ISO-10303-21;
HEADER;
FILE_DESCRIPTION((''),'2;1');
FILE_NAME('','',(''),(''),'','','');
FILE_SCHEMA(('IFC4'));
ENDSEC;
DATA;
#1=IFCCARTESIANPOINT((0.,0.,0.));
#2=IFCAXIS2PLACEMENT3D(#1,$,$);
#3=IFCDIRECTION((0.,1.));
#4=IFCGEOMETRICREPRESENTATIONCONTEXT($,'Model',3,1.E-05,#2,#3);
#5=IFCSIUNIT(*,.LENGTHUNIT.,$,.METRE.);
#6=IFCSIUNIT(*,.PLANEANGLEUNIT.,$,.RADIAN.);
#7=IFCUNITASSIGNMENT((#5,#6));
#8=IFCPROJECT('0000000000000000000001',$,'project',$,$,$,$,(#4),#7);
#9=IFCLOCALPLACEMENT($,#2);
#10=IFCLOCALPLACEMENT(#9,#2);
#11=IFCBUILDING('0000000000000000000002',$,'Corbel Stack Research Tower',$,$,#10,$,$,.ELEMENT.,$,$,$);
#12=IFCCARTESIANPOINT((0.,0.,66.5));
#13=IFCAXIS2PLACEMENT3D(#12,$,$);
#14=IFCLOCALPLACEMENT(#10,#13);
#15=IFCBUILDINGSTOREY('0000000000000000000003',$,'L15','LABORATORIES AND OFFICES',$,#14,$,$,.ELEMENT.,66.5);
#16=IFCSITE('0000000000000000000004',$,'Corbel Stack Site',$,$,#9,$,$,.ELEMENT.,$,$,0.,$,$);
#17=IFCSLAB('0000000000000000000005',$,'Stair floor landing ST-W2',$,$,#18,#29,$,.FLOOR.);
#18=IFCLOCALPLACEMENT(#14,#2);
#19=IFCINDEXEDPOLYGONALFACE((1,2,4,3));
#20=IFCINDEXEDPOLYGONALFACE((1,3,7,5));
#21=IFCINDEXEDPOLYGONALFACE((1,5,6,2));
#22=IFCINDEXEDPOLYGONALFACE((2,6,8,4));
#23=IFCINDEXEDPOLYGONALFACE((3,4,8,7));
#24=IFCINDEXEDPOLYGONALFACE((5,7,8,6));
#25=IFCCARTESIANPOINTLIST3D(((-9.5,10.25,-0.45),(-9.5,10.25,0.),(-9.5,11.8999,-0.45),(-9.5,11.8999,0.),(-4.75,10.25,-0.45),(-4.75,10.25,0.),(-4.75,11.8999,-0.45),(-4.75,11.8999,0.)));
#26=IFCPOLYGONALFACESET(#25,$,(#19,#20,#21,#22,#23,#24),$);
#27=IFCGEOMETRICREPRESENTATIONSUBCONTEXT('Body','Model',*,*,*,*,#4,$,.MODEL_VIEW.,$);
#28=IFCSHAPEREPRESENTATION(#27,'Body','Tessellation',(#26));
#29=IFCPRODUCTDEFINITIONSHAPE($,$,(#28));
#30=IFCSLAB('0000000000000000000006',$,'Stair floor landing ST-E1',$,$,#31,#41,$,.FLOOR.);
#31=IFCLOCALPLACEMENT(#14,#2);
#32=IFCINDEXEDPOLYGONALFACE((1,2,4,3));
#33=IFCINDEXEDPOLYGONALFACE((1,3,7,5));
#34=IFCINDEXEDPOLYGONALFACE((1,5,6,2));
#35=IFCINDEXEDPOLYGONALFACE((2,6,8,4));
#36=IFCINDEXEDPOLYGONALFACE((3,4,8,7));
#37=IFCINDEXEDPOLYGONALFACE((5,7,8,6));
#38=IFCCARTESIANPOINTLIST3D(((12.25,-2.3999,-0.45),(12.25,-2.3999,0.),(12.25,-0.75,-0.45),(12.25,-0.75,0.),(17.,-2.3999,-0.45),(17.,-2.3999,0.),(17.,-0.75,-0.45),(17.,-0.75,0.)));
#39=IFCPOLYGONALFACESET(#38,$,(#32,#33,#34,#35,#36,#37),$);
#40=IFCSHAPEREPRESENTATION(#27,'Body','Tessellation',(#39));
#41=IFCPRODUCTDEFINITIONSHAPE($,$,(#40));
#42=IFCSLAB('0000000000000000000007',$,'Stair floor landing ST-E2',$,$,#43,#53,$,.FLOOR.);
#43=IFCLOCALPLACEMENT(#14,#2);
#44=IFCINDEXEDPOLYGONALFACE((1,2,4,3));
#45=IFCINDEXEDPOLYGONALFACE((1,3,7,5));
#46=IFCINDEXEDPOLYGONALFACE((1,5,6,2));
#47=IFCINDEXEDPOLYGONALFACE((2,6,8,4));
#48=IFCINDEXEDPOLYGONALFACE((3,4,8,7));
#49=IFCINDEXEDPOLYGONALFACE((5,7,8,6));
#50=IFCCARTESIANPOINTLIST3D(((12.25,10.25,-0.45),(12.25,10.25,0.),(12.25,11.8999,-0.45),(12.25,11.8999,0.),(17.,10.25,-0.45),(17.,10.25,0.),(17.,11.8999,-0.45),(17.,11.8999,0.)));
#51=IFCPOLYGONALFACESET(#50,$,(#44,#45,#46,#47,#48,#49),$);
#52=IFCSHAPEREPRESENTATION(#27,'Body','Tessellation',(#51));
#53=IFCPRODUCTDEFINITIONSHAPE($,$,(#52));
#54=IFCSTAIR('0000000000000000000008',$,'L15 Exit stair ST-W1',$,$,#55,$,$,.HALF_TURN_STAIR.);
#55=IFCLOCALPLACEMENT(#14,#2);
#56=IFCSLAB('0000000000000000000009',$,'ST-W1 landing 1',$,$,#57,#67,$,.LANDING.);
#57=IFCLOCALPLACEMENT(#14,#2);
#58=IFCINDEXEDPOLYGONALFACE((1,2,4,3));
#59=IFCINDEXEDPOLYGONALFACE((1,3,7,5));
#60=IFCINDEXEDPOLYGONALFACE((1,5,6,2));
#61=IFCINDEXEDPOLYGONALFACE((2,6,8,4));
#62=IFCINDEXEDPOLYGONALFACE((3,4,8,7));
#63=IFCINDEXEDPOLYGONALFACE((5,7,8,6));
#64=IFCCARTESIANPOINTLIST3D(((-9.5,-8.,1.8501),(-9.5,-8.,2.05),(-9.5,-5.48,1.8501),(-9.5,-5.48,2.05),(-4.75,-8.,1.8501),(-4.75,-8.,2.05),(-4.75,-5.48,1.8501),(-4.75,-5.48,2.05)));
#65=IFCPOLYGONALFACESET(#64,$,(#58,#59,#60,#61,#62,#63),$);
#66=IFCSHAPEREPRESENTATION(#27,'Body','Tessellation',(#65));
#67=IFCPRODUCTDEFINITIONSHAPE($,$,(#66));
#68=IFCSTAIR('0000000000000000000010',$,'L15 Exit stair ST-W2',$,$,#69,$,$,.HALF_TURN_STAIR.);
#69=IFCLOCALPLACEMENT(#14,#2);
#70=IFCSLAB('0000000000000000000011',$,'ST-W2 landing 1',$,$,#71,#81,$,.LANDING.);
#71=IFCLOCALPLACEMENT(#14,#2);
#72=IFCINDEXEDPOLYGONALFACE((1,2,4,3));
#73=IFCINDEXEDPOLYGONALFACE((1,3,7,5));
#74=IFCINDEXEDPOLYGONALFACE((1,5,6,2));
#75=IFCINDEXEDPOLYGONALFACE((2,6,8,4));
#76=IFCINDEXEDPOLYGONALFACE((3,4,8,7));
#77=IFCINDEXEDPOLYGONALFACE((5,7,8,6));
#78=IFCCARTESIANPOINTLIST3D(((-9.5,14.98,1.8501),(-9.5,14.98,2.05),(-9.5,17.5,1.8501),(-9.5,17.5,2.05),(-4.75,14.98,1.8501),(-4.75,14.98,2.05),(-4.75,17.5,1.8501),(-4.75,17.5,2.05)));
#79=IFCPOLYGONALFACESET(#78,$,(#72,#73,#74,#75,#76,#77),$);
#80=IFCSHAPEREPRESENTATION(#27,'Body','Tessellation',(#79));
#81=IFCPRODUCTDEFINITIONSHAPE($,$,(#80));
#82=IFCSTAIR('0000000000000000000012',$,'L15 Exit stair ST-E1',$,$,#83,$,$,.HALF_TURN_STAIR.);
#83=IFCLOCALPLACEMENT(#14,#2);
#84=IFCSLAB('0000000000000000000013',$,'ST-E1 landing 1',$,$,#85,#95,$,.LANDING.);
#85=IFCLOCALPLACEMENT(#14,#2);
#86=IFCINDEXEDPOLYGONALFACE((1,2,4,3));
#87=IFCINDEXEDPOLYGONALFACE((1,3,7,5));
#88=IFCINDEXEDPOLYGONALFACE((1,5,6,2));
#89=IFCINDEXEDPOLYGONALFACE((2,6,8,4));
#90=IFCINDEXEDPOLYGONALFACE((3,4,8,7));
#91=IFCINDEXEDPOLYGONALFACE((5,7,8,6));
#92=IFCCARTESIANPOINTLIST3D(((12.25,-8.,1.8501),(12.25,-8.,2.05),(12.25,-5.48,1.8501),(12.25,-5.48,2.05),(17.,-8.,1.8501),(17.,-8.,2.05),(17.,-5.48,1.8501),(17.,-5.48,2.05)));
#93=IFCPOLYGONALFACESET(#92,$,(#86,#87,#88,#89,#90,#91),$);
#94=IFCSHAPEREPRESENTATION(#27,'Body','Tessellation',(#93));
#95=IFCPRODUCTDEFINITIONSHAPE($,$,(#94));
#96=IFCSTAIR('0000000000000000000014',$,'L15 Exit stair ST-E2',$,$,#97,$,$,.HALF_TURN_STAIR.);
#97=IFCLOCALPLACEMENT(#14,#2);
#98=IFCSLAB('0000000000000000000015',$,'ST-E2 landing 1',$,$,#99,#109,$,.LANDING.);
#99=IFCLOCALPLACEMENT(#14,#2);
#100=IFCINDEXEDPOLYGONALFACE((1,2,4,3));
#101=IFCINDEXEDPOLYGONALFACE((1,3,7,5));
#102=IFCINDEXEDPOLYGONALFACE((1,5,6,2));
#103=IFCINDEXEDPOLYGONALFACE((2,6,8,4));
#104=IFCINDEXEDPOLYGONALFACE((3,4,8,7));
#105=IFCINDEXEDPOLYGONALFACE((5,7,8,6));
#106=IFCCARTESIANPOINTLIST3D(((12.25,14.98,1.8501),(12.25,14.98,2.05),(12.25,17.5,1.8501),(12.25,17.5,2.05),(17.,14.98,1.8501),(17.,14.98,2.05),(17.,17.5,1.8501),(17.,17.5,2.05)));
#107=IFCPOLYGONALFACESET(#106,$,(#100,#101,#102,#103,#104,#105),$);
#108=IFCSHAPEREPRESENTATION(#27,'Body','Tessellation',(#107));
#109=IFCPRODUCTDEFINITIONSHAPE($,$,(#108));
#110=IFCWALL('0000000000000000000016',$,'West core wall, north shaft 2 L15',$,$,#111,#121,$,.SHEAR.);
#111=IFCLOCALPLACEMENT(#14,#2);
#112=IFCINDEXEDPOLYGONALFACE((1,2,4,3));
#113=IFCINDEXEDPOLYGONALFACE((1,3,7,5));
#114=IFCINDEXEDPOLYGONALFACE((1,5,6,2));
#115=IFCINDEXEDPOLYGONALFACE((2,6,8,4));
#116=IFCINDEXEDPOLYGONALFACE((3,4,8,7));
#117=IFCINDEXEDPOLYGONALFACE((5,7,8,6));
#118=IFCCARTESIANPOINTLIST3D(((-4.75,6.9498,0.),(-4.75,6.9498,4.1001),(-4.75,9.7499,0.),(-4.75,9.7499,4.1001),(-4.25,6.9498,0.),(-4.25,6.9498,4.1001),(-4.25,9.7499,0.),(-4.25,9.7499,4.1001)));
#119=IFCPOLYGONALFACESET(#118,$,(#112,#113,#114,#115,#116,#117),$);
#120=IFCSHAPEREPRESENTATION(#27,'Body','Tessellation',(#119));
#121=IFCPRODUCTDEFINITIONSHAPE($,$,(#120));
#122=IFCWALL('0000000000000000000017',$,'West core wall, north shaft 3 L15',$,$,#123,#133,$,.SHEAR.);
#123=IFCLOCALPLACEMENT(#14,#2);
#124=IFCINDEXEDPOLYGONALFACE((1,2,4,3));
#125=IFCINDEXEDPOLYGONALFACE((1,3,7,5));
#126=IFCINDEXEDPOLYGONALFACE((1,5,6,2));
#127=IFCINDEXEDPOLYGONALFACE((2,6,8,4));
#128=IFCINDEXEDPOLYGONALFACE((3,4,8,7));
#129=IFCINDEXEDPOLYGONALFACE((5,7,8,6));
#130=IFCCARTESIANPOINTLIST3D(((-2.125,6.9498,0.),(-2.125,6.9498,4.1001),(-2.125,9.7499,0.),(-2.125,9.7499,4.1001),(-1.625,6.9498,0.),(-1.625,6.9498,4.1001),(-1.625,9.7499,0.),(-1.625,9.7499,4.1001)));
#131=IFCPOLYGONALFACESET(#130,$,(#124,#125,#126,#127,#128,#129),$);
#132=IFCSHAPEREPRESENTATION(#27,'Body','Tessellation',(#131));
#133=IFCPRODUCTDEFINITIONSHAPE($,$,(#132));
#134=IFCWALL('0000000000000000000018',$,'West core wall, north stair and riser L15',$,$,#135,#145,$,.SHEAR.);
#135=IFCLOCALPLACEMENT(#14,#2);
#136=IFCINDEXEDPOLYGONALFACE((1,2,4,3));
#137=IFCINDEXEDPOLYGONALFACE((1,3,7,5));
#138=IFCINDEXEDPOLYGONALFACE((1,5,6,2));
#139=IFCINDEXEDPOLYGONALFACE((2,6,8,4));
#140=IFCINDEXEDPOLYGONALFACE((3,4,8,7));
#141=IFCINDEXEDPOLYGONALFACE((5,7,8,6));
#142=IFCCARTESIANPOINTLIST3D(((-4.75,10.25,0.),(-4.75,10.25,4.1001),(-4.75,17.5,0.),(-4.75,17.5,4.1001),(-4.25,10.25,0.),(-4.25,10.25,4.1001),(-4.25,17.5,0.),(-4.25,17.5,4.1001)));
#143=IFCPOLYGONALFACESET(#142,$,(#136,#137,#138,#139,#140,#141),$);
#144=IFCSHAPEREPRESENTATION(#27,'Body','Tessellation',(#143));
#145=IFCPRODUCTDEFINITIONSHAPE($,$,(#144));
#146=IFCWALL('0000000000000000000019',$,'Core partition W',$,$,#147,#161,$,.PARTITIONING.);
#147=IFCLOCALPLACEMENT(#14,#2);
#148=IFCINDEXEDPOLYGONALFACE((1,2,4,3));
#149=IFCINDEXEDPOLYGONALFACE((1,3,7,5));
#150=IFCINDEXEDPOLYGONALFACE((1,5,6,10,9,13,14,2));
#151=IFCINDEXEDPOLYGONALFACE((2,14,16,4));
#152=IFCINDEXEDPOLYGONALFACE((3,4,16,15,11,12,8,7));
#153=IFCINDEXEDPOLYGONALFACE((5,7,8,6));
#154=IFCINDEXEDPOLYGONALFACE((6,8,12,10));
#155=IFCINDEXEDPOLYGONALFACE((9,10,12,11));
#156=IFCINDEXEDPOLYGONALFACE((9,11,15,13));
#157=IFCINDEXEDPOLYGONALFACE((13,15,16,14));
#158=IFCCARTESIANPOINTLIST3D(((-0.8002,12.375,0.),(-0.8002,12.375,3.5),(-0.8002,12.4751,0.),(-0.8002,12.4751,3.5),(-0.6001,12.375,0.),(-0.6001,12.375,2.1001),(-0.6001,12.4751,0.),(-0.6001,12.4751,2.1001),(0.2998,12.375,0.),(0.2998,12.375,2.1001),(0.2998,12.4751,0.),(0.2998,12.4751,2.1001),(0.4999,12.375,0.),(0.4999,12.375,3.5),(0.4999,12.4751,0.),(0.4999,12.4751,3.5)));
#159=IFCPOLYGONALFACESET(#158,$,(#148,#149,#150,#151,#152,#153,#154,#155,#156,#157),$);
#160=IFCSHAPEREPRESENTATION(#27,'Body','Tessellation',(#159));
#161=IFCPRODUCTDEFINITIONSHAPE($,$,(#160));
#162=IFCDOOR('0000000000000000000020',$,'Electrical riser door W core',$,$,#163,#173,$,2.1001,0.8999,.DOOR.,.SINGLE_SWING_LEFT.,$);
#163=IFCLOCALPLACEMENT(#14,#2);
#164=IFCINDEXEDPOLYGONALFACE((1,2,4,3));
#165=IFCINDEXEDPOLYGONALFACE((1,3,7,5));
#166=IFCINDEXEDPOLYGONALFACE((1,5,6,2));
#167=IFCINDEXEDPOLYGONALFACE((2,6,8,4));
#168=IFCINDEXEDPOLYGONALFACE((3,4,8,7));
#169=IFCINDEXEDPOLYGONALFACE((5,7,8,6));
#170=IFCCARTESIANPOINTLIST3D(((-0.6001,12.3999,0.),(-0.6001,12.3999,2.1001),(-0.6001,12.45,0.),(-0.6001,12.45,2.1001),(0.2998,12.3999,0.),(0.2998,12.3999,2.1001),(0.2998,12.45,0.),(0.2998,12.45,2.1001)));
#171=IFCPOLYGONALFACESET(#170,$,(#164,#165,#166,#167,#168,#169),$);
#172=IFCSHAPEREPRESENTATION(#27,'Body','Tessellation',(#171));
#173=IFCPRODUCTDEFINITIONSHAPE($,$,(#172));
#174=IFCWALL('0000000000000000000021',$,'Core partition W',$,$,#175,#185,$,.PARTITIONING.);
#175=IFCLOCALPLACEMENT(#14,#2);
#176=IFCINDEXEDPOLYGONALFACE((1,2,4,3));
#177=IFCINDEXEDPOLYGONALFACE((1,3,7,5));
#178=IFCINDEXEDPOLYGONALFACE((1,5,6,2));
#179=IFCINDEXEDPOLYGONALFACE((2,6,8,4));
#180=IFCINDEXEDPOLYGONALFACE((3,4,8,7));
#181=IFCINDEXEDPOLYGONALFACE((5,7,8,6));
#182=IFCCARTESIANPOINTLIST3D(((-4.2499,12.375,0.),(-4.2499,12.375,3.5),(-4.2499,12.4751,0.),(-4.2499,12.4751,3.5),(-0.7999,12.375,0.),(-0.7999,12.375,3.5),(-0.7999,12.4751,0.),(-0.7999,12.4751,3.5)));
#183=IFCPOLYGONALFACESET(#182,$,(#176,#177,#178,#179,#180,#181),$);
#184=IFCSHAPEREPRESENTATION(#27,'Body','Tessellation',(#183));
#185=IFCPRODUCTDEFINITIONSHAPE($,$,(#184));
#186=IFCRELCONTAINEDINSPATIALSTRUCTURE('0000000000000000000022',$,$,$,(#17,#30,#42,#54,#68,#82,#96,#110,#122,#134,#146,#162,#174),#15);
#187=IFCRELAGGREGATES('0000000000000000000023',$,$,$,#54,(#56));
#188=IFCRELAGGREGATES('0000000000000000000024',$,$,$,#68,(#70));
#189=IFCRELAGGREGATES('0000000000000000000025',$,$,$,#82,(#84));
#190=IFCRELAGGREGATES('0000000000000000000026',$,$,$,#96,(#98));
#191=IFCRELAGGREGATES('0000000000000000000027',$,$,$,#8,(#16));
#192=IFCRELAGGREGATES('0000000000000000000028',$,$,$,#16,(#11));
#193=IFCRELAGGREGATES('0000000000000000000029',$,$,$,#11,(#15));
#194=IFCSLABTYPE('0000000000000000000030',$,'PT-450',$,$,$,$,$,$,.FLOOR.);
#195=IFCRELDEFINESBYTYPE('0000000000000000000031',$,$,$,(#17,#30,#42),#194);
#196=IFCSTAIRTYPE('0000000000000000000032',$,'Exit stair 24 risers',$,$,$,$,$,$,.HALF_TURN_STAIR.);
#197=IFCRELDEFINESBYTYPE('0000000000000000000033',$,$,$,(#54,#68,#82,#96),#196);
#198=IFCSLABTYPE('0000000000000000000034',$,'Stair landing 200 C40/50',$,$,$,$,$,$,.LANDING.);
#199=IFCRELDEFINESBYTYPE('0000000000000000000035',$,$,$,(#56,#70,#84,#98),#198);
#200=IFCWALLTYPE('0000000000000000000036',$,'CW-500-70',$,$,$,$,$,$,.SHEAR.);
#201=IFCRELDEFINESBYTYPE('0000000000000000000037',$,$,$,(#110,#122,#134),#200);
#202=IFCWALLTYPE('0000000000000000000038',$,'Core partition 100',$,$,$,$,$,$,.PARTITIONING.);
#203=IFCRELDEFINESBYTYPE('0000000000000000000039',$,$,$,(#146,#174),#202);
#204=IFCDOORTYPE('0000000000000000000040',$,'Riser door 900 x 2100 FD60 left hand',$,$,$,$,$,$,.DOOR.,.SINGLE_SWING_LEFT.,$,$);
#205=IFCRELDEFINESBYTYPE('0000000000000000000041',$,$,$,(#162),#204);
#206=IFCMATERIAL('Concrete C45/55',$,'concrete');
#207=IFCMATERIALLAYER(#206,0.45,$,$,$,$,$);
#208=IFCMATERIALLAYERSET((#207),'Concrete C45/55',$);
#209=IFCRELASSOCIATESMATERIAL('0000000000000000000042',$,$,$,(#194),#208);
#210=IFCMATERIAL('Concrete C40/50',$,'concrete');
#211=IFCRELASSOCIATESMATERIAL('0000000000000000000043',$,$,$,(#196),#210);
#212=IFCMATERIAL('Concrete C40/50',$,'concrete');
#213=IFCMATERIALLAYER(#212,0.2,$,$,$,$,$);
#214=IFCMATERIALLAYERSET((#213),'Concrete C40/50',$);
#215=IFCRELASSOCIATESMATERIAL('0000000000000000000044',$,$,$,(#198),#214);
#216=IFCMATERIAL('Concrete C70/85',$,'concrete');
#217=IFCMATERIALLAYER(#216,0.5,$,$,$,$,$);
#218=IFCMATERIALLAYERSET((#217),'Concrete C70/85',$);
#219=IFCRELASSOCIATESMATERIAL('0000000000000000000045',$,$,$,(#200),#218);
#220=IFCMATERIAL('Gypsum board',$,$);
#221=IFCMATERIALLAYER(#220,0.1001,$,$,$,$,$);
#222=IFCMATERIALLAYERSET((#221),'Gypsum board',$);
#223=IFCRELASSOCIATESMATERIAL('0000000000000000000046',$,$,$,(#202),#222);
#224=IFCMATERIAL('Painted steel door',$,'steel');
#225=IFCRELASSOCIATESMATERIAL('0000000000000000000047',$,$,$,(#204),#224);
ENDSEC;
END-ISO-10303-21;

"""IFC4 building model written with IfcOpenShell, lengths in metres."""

from ifc_helpers import new_model, si_unit, direction, frame, frame_2d, origin, place, context, subcontext, project, spatial, polyline, rectangle, outline, extrude, material, layer, layer_set, type_object, element, fill, aggregate, save


model = new_model("IFC4")

# Units and contexts
model_context = context("Model", 3, precision=1e-05, world=origin(), true_north=direction((0.0, 1.0)))
body_context = subcontext(model_context, "Body", "Model", "MODEL_VIEW")
ifc_project = project(units=[si_unit("LENGTHUNIT", "METRE"), si_unit("PLANEANGLEUNIT", "RADIAN")], contexts=[model_context])

# Site, building, storey
site_placement = place(None, origin())
site = spatial("IfcSite", under=ifc_project, at=site_placement, Name="Corbel Stack Site", CompositionType="ELEMENT", RefElevation=0.0)
building_placement = place(site_placement, origin())
building = spatial("IfcBuilding", under=site, at=building_placement, Name="Corbel Stack Research Tower", CompositionType="ELEMENT")
storey_placement = place(building_placement, frame((0.0, 0.0, 66.5)))
storey = spatial("IfcBuildingStorey", under=building, at=storey_placement, Name="L15", Description="LABORATORIES AND OFFICES", CompositionType="ELEMENT", Elevation=66.5)

# Slabs
ifc_material_1 = material(Name="Concrete C45/55", Category="concrete")
ifc_layer_1 = layer(ifc_material_1, 0.45)
ifc_layer_set_1 = layer_set([ifc_layer_1], Name="Concrete C45/55")
slab_type_1 = type_object("IfcSlabType", Name="PT-450", PredefinedType="FLOOR", material=ifc_layer_set_1)
slab_1_placement = place(storey_placement, frame((0.0, 0.0, -0.45)))
element("IfcSlab", 1, at=slab_1_placement, inside=storey, type_object=slab_type_1, Name="Stair floor landing ST-W2", PredefinedType="FLOOR", context=body_context, shape_type="SweptSolid", body=[
    extrude(outline(polyline([(-9.5, 10.25), (-4.75, 10.25), (-4.75, 11.8999), (-9.5, 11.8999), (-9.5, 10.25)])), origin(), (0.0, 0.0, 1.0), 0.45),
])
slab_2_placement = place(storey_placement, frame((0.0, 0.0, -0.45)))
element("IfcSlab", 2, at=slab_2_placement, inside=storey, type_object=slab_type_1, Name="Stair floor landing ST-E1", PredefinedType="FLOOR", context=body_context, shape_type="SweptSolid", body=[
    extrude(outline(polyline([(12.25, -2.3999), (17.0, -2.3999), (17.0, -0.75), (12.25, -0.75), (12.25, -2.3999)])), origin(), (0.0, 0.0, 1.0), 0.45),
])
slab_3_placement = place(storey_placement, frame((0.0, 0.0, -0.45)))
element("IfcSlab", 3, at=slab_3_placement, inside=storey, type_object=slab_type_1, Name="Stair floor landing ST-E2", PredefinedType="FLOOR", context=body_context, shape_type="SweptSolid", body=[
    extrude(outline(polyline([(12.25, 10.25), (17.0, 10.25), (17.0, 11.8999), (12.25, 11.8999), (12.25, 10.25)])), origin(), (0.0, 0.0, 1.0), 0.45),
])

# Stairs, slabs
ifc_material_2 = material(Name="Concrete C40/50", Category="concrete")
stair_type = type_object("IfcStairType", Name="Exit stair 24 risers", PredefinedType="HALF_TURN_STAIR", material=ifc_material_2)
stair_1_placement = place(storey_placement, origin())
stair_1 = element("IfcStair", 4, at=stair_1_placement, inside=storey, type_object=stair_type, Name="L15 Exit stair ST-W1", PredefinedType="HALF_TURN_STAIR")
ifc_material_3 = material(Name="Concrete C40/50", Category="concrete")
ifc_layer_2 = layer(ifc_material_3, 0.2)
ifc_layer_set_2 = layer_set([ifc_layer_2], Name="Concrete C40/50")
slab_type_2 = type_object("IfcSlabType", Name="Stair landing 200 C40/50", PredefinedType="LANDING", material=ifc_layer_set_2)
slab_4_placement = place(storey_placement, frame((0.0, 0.0, 1.8501)))
slab_4 = element("IfcSlab", 5, at=slab_4_placement, type_object=slab_type_2, Name="ST-W1 landing 1", PredefinedType="LANDING", context=body_context, shape_type="SweptSolid", body=[
    extrude(outline(polyline([(-9.5, -8.0), (-9.5, -5.48), (-4.75, -5.48), (-4.75, -8.0), (-9.5, -8.0)])), origin(), (0.0, 0.0, 1.0), 0.2),
])
aggregate(stair_1, [slab_4])
stair_2_placement = place(storey_placement, origin())
stair_2 = element("IfcStair", 6, at=stair_2_placement, inside=storey, type_object=stair_type, Name="L15 Exit stair ST-W2", PredefinedType="HALF_TURN_STAIR")
slab_5_placement = place(storey_placement, frame((0.0, 0.0, 1.8501)))
slab_5 = element("IfcSlab", 7, at=slab_5_placement, type_object=slab_type_2, Name="ST-W2 landing 1", PredefinedType="LANDING", context=body_context, shape_type="SweptSolid", body=[
    extrude(outline(polyline([(-9.5, 14.98), (-9.5, 17.5), (-4.75, 17.5), (-4.75, 14.98), (-9.5, 14.98)])), origin(), (0.0, 0.0, 1.0), 0.2),
])
aggregate(stair_2, [slab_5])
stair_3_placement = place(storey_placement, origin())
stair_3 = element("IfcStair", 8, at=stair_3_placement, inside=storey, type_object=stair_type, Name="L15 Exit stair ST-E1", PredefinedType="HALF_TURN_STAIR")
slab_6_placement = place(storey_placement, frame((0.0, 0.0, 1.8501)))
slab_6 = element("IfcSlab", 9, at=slab_6_placement, type_object=slab_type_2, Name="ST-E1 landing 1", PredefinedType="LANDING", context=body_context, shape_type="SweptSolid", body=[
    extrude(outline(polyline([(12.25, -8.0), (12.25, -5.48), (17.0, -5.48), (17.0, -8.0), (12.25, -8.0)])), origin(), (0.0, 0.0, 1.0), 0.2),
])
aggregate(stair_3, [slab_6])
stair_4_placement = place(storey_placement, origin())
stair_4 = element("IfcStair", 10, at=stair_4_placement, inside=storey, type_object=stair_type, Name="L15 Exit stair ST-E2", PredefinedType="HALF_TURN_STAIR")
slab_7_placement = place(storey_placement, frame((0.0, 0.0, 1.8501)))
slab_7 = element("IfcSlab", 11, at=slab_7_placement, type_object=slab_type_2, Name="ST-E2 landing 1", PredefinedType="LANDING", context=body_context, shape_type="SweptSolid", body=[
    extrude(outline(polyline([(12.25, 14.98), (12.25, 17.5), (17.0, 17.5), (17.0, 14.98), (12.25, 14.98)])), origin(), (0.0, 0.0, 1.0), 0.2),
])
aggregate(stair_4, [slab_7])

# Walls
ifc_material_4 = material(Name="Concrete C70/85", Category="concrete")
ifc_layer_3 = layer(ifc_material_4, 0.5)
ifc_layer_set_3 = layer_set([ifc_layer_3], Name="Concrete C70/85")
wall_type_1 = type_object("IfcWallType", Name="CW-500-70", PredefinedType="SHEAR", material=ifc_layer_set_3)
for number, where, z_axis, x_axis, name in (
    (12, (-4.5, 6.95, 0.0), (0.0, 0.0, 1.0), (0.0, 1.0, 0.0), "West core wall, north shaft 2 L15"),
    (13, (-1.875, 6.95, 0.0), (0.0, 0.0, 1.0), (0.0, 1.0, 0.0), "West core wall, north shaft 3 L15"),
):
    element("IfcWall", number, at=place(storey_placement, frame(where, z_axis=z_axis, x_axis=x_axis)), inside=storey, type_object=wall_type_1, Name=name, PredefinedType="SHEAR", context=body_context, shape_type="SweptSolid", body=[
        extrude(rectangle(XDim=2.8, YDim=0.5, at=frame_2d((1.3999, 0.0))), origin(), (0.0, 0.0, 1.0), 4.1001),
    ])
wall_1_placement = place(storey_placement, frame((-4.5, 10.25, 0.0), z_axis=(0.0, 0.0, 1.0), x_axis=(0.0, 1.0, 0.0)))
element("IfcWall", 14, at=wall_1_placement, inside=storey, type_object=wall_type_1, Name="West core wall, north stair and riser L15", PredefinedType="SHEAR", context=body_context, shape_type="SweptSolid", body=[
    extrude(rectangle(XDim=7.25, YDim=0.5, at=frame_2d((3.625, 0.0))), origin(), (0.0, 0.0, 1.0), 4.1001),
])

# Wall, opening, door
ifc_material_5 = material(Name="Gypsum board")
ifc_layer_4 = layer(ifc_material_5, 0.1001)
ifc_layer_set_4 = layer_set([ifc_layer_4], Name="Gypsum board")
wall_type_2 = type_object("IfcWallType", Name="Core partition 100", PredefinedType="PARTITIONING", material=ifc_layer_set_4)
wall_2_placement = place(storey_placement, frame((-0.8, 12.425, 0.0), z_axis=(0.0, 0.0, 1.0), x_axis=(1.0, 0.0, 0.0)))
wall_2 = element("IfcWall", 15, at=wall_2_placement, inside=storey, type_object=wall_type_2, Name="Core partition W", PredefinedType="PARTITIONING", context=body_context, shape_type="SweptSolid", body=[
    extrude(rectangle(XDim=1.3, YDim=0.1001, at=frame_2d((0.6499, 0.0))), origin(), (0.0, 0.0, 1.0), 3.5),
])
opening_1_placement = place(wall_2_placement, frame((0.2, 0.0, 0.0)))
opening_1 = element("IfcOpeningElement", 16, at=opening_1_placement, cuts=wall_2, PredefinedType="OPENING", context=body_context, shape_type="SweptSolid", body=[
    extrude(rectangle(XDim=0.8999, YDim=2.1001, at=frame_2d((0.45, 1.05))), frame((0.0, 0.0601, 0.0), z_axis=(0.0, -1.0, 0.0), x_axis=(1.0, 0.0, 0.0)), (0.0, 0.0, 1.0), 0.1201),
])
ifc_material_6 = material(Name="Painted steel door", Category="steel")
door_type_1 = type_object("IfcDoorType", Name="Riser door 900 x 2100 FD60 left hand", OperationType="SINGLE_SWING_LEFT", PredefinedType="DOOR", material=ifc_material_6)
door_1_placement = place(opening_1_placement, origin())
door_1 = element("IfcDoor", 17, at=door_1_placement, inside=storey, type_object=door_type_1, Name="Electrical riser door W core", OperationType="SINGLE_SWING_LEFT", OverallHeight=2.1001, OverallWidth=0.8999, PredefinedType="DOOR", context=body_context, shape_type="SweptSolid", body=[
    extrude(rectangle(XDim=0.8999, YDim=2.1001, at=frame_2d((0.45, 1.05))), frame((0.0, 0.0249, 0.0), z_axis=(0.0, -1.0, 0.0), x_axis=(1.0, 0.0, 0.0)), (0.0, 0.0, 1.0), 0.05),
])
fill(opening_1, door_1)

# Wall
wall_3_placement = place(storey_placement, frame((-4.25, 12.425, 0.0), z_axis=(0.0, 0.0, 1.0), x_axis=(1.0, 0.0, 0.0)))
element("IfcWall", 18, at=wall_3_placement, inside=storey, type_object=wall_type_2, Name="Core partition W", PredefinedType="PARTITIONING", context=body_context, shape_type="SweptSolid", body=[
    extrude(rectangle(XDim=3.45, YDim=0.1001, at=frame_2d((1.7251, 0.0))), origin(), (0.0, 0.0, 1.0), 3.5),
])

save(model, "model.ifc")
